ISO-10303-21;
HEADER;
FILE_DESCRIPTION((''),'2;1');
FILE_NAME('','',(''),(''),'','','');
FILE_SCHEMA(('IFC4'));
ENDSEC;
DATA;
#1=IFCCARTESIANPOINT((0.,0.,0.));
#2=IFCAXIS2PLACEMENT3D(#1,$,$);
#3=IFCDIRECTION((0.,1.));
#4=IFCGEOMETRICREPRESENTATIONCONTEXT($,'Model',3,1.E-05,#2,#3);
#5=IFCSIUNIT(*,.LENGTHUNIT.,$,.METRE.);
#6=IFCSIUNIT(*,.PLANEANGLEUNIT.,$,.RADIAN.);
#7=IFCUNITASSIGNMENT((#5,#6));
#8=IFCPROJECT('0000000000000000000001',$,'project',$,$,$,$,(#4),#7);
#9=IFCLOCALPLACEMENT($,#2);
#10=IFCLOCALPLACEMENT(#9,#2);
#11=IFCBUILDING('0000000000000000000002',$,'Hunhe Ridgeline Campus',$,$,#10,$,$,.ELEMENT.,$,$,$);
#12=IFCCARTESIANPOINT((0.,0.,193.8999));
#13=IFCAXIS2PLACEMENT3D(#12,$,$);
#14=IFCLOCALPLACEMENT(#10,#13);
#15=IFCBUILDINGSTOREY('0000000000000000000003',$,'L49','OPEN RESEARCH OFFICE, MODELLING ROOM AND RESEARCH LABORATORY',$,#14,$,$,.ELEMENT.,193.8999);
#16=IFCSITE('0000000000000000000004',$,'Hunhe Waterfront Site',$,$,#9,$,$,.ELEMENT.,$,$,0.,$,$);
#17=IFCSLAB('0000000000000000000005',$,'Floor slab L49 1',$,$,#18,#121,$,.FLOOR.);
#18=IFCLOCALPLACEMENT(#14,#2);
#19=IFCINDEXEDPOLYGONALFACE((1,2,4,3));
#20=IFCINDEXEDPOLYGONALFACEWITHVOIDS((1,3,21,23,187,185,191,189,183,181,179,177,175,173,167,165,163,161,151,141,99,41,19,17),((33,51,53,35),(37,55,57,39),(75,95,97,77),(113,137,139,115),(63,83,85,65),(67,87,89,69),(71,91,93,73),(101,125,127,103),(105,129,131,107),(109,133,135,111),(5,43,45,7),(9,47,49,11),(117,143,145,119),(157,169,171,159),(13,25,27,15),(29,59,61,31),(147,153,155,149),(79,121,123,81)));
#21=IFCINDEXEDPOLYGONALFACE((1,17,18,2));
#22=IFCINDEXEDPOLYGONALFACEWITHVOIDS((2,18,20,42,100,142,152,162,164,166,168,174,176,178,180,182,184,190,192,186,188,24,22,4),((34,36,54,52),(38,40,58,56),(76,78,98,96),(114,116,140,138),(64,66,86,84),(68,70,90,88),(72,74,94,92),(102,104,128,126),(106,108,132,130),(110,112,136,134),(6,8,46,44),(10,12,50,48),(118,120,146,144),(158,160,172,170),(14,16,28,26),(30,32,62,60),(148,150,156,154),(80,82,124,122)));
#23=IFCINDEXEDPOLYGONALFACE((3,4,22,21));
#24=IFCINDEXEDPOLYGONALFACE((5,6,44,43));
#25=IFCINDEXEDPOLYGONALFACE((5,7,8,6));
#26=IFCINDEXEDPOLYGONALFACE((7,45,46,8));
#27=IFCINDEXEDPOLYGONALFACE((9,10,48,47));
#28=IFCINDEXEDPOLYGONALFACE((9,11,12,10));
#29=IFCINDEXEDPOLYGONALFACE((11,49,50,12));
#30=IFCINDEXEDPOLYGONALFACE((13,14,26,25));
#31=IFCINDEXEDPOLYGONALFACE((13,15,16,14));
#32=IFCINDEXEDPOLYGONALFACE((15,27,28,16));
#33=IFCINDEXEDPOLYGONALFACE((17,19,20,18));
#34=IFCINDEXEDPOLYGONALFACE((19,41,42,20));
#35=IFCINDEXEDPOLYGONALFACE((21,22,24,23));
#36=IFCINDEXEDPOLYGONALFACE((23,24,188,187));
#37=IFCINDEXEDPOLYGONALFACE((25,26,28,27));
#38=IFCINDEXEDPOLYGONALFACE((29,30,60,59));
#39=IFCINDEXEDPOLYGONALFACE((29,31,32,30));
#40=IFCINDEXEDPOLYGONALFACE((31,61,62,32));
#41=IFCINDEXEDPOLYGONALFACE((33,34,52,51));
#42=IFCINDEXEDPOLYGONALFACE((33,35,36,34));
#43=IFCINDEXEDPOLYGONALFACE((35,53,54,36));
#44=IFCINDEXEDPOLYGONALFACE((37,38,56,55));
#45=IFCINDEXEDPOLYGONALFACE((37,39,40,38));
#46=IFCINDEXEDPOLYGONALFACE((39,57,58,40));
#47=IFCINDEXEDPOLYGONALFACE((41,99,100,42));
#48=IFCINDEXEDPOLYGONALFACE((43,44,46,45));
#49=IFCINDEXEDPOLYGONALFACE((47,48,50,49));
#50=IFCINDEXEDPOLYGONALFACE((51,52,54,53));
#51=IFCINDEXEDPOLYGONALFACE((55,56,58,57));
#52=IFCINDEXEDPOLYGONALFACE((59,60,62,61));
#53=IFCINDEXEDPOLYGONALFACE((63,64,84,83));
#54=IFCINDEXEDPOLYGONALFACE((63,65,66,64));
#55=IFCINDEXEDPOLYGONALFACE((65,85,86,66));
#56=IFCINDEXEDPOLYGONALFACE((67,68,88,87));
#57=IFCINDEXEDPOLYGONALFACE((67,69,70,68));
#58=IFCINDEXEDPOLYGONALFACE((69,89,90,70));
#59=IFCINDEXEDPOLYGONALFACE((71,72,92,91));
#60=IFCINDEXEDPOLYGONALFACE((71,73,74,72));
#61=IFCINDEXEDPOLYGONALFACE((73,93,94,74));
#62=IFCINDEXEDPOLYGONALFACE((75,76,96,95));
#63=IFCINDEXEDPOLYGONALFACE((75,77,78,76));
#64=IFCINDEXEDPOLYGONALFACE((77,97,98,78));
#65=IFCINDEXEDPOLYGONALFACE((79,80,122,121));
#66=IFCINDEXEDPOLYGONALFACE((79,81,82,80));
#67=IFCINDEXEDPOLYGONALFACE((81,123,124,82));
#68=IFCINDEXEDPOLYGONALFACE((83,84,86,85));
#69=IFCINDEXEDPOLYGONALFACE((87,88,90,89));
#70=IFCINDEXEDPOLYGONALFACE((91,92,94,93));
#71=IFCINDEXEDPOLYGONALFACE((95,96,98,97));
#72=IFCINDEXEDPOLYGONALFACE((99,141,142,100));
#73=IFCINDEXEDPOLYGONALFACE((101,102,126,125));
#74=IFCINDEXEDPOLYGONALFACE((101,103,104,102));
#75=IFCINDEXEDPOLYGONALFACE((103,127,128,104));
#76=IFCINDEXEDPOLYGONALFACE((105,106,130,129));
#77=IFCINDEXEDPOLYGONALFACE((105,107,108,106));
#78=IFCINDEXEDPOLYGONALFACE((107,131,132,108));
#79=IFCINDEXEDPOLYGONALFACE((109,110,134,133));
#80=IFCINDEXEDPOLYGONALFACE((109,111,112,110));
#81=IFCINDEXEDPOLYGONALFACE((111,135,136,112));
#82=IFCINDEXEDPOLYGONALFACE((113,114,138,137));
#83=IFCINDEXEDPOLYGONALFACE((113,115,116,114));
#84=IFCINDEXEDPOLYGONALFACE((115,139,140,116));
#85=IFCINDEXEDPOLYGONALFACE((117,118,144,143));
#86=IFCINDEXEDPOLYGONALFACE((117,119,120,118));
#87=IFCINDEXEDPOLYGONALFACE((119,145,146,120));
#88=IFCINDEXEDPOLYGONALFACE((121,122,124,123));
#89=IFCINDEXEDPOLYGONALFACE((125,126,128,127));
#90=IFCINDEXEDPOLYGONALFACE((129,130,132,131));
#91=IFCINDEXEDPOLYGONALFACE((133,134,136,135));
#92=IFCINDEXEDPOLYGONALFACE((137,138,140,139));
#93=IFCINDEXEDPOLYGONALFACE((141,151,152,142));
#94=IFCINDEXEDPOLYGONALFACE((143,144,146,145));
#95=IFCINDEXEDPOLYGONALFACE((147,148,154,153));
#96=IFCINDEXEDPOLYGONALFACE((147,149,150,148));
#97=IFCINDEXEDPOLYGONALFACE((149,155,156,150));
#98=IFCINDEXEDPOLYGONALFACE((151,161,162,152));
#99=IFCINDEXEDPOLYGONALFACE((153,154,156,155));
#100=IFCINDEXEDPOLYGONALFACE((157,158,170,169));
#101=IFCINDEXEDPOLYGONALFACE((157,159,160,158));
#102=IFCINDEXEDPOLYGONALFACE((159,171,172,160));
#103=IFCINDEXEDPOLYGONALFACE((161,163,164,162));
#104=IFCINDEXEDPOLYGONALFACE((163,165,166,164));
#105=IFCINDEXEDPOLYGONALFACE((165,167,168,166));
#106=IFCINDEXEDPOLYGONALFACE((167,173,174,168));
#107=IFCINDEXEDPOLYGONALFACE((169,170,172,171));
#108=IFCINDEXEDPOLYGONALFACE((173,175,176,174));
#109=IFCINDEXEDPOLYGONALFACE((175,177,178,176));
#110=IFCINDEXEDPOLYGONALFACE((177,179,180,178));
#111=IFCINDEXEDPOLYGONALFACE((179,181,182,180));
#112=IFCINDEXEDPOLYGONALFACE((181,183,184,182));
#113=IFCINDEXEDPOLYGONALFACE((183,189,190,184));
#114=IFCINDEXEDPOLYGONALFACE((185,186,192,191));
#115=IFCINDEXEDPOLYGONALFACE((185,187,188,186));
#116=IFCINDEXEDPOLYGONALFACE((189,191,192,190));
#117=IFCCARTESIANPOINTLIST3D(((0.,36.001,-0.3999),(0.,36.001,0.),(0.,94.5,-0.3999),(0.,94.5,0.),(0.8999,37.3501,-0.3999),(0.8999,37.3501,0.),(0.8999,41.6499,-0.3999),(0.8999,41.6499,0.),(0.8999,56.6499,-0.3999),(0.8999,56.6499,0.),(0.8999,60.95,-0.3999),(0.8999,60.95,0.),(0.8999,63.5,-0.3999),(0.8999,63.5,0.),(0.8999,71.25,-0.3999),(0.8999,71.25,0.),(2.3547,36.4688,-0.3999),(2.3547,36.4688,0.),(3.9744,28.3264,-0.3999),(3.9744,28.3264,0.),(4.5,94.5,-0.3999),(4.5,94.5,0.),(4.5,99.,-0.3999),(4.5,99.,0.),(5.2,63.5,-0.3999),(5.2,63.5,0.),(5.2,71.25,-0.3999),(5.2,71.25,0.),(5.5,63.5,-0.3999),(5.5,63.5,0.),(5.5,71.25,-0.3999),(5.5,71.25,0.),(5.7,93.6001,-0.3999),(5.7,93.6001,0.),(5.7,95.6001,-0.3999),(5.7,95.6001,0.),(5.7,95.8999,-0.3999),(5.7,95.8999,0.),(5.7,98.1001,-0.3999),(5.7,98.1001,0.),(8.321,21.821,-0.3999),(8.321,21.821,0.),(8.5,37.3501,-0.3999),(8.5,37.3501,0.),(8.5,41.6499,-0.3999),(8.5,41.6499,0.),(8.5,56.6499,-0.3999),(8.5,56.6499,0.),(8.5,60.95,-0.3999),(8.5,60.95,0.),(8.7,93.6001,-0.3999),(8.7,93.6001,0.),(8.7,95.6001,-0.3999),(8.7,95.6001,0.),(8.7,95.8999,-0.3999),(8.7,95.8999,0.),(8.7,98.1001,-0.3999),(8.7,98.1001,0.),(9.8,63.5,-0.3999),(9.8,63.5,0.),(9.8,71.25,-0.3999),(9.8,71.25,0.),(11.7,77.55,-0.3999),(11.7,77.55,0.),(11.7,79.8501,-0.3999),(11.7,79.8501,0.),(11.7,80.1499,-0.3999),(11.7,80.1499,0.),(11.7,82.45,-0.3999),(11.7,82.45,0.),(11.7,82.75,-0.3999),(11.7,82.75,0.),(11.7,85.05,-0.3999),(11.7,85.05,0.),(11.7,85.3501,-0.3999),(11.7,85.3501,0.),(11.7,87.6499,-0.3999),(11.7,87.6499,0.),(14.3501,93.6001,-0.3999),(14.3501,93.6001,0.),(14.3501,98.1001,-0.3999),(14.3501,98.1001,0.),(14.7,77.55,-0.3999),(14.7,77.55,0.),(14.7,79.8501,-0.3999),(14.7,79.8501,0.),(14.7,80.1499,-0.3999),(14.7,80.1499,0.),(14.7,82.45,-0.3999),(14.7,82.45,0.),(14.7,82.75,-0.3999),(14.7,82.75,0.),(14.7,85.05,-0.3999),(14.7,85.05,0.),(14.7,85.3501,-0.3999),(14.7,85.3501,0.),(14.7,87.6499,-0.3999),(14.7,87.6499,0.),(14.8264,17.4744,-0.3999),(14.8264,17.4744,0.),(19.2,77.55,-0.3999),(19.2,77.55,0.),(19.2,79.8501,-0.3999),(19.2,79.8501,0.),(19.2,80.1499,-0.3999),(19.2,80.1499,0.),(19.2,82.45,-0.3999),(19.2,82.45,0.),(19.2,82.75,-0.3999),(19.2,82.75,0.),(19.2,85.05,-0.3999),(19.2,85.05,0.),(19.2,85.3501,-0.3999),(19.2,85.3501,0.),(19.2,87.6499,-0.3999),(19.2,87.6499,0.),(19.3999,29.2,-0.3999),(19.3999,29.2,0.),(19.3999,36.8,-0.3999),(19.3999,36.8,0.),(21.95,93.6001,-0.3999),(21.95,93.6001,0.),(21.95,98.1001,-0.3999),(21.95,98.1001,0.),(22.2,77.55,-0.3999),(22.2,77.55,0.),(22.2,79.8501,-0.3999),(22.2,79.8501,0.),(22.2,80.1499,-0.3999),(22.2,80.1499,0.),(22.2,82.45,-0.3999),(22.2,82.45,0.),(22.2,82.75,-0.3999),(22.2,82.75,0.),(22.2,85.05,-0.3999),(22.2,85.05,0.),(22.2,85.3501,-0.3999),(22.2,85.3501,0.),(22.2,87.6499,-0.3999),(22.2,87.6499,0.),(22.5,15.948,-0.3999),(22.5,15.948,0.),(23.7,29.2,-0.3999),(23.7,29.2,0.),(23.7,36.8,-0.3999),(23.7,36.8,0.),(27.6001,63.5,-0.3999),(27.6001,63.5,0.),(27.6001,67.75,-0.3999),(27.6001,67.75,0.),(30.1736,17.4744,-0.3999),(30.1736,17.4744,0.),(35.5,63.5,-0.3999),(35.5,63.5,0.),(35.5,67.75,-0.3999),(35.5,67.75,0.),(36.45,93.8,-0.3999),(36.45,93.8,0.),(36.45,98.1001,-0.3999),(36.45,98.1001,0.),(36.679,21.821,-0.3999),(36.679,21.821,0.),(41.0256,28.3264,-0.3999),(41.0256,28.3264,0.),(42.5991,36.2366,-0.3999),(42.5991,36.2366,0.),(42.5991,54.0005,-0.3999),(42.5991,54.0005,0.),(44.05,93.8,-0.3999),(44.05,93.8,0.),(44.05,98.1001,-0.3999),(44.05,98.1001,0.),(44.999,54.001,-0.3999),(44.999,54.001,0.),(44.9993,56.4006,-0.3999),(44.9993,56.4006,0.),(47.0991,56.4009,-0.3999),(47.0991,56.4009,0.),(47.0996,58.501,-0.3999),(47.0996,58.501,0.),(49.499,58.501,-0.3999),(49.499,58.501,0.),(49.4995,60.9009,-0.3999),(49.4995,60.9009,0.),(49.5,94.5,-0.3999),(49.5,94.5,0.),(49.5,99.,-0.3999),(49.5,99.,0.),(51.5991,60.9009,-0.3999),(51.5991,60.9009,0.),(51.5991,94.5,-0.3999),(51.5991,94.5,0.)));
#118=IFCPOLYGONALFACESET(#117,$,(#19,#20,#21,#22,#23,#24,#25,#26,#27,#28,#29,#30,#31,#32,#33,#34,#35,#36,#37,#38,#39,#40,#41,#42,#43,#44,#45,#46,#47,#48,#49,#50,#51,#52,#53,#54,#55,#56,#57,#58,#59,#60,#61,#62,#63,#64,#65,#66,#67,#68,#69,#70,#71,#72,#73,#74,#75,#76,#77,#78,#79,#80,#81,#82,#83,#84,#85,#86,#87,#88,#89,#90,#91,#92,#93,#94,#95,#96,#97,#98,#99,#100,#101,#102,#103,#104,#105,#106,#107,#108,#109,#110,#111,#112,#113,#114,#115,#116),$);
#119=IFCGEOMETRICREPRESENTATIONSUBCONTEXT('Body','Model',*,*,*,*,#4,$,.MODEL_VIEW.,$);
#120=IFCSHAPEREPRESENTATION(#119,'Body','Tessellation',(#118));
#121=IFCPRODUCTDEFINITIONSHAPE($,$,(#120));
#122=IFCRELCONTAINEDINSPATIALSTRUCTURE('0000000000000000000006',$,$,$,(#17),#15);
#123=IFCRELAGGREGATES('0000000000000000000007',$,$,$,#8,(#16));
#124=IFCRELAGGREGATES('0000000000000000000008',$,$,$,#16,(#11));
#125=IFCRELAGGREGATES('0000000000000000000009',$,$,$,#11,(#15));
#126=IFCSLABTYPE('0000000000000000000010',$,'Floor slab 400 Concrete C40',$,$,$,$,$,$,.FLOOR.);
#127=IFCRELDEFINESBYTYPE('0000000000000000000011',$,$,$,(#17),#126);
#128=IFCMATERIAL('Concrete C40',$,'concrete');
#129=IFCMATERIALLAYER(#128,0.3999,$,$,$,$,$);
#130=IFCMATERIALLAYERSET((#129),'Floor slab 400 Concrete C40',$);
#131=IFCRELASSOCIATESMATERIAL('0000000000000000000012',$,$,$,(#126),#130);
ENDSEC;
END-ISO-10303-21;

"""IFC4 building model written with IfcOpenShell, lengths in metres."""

from ifc_helpers import new_model, si_unit, direction, frame, origin, place, context, subcontext, project, spatial, polyline, outline, extrude, material, layer, layer_set, type_object, element, save


model = new_model("IFC4")

# Units and contexts
model_context = context("Model", 3, precision=1e-05, world=origin(), true_north=direction((0.0, 1.0)))
body_context = subcontext(model_context, "Body", "Model", "MODEL_VIEW")
ifc_project = project(units=[si_unit("LENGTHUNIT", "METRE"), si_unit("PLANEANGLEUNIT", "RADIAN")], contexts=[model_context])

# Site, building, storey
site_placement = place(None, origin())
site = spatial("IfcSite", under=ifc_project, at=site_placement, Name="Hunhe Waterfront Site", CompositionType="ELEMENT", RefElevation=0.0)
building_placement = place(site_placement, origin())
building = spatial("IfcBuilding", under=site, at=building_placement, Name="Hunhe Ridgeline Campus", CompositionType="ELEMENT")
storey_placement = place(building_placement, frame((0.0, 0.0, 193.8999)))
storey = spatial("IfcBuildingStorey", under=building, at=storey_placement, Name="L49", Description="OPEN RESEARCH OFFICE, MODELLING ROOM AND RESEARCH LABORATORY", CompositionType="ELEMENT", Elevation=193.8999)

# Slab
ifc_material_1 = material(Name="Concrete C40", Category="concrete")
ifc_layer_1 = layer(ifc_material_1, 0.3999)
ifc_layer_set_1 = layer_set([ifc_layer_1], Name="Floor slab 400 Concrete C40")
slab_type_1 = type_object("IfcSlabType", Name="Floor slab 400 Concrete C40", PredefinedType="FLOOR", material=ifc_layer_set_1)
slab_1_placement = place(storey_placement, frame((0.0, 0.0, -0.3999)))
element("IfcSlab", 1, at=slab_1_placement, inside=storey, type_object=slab_type_1, Name="Floor slab L49 1", PredefinedType="FLOOR", context=body_context, shape_type="SweptSolid", body=[
    extrude(outline(polyline([(30.1736, 17.4744), (36.679, 21.821), (41.0256, 28.3264), (42.5991, 36.2366), (42.5991, 54.0005), (44.999, 54.001), (44.9993, 56.4006), (47.0991, 56.4009), (47.0996, 58.501), (49.499, 58.501), (49.4995, 60.9009), (51.5991, 60.9009), (51.5991, 94.5), (49.5, 94.5), (49.5, 99.0), (4.5, 99.0), (4.5, 94.5), (0.0, 94.5), (0.0, 36.001), (2.3547, 36.4688), (3.9744, 28.3264), (8.321, 21.821), (14.8264, 17.4744), (22.5, 15.948), (30.1736, 17.4744)]), holes=[polyline([(36.45, 93.8), (44.05, 93.8), (44.05, 98.1001), (36.45, 98.1001), (36.45, 93.8)]), polyline([(35.5, 63.5), (35.5, 67.75), (27.6001, 67.75), (27.6001, 63.5), (35.5, 63.5)]), polyline([(19.3999, 29.2), (23.7, 29.2), (23.7, 36.8), (19.3999, 36.8), (19.3999, 29.2)]), polyline([(22.2, 80.1499), (22.2, 82.45), (19.2, 82.45), (19.2, 80.1499), (22.2, 80.1499)]), polyline([(22.2, 79.8501), (19.2, 79.8501), (19.2, 77.55), (22.2, 77.55), (22.2, 79.8501)]), polyline([(19.2, 87.6499), (19.2, 85.3501), (22.2, 85.3501), (22.2, 87.6499), (19.2, 87.6499)]), polyline([(19.2, 82.75), (22.2, 82.75), (22.2, 85.05), (19.2, 85.05), (19.2, 82.75)]), polyline([(14.3501, 93.6001), (21.95, 93.6001), (21.95, 98.1001), (14.3501, 98.1001), (14.3501, 93.6001)]), polyline([(14.7, 79.8501), (11.7, 79.8501), (11.7, 77.55), (14.7, 77.55), (14.7, 79.8501)]), polyline([(14.7, 80.1499), (14.7, 82.45), (11.7, 82.45), (11.7, 80.1499), (14.7, 80.1499)]), polyline([(11.7, 87.6499), (11.7, 85.3501), (14.7, 85.3501), (14.7, 87.6499), (11.7, 87.6499)]), polyline([(11.7, 82.75), (14.7, 82.75), (14.7, 85.05), (11.7, 85.05), (11.7, 82.75)]), polyline([(9.8, 71.25), (5.5, 71.25), (5.5, 63.5), (9.8, 63.5), (9.8, 71.25)]), polyline([(8.7, 95.8999), (8.7, 98.1001), (5.7, 98.1001), (5.7, 95.8999), (8.7, 95.8999)]), polyline([(8.7, 95.6001), (5.7, 95.6001), (5.7, 93.6001), (8.7, 93.6001), (8.7, 95.6001)]), polyline([(0.8999, 37.3501), (8.5, 37.3501), (8.5, 41.6499), (0.8999, 41.6499), (0.8999, 37.3501)]), polyline([(0.8999, 60.95), (0.8999, 56.6499), (8.5, 56.6499), (8.5, 60.95), (0.8999, 60.95)]), polyline([(0.8999, 71.25), (0.8999, 63.5), (5.2, 63.5), (5.2, 71.25), (0.8999, 71.25)])]), origin(), (0.0, 0.0, 1.0), 0.3999),
])

save(model, "model.ifc")
